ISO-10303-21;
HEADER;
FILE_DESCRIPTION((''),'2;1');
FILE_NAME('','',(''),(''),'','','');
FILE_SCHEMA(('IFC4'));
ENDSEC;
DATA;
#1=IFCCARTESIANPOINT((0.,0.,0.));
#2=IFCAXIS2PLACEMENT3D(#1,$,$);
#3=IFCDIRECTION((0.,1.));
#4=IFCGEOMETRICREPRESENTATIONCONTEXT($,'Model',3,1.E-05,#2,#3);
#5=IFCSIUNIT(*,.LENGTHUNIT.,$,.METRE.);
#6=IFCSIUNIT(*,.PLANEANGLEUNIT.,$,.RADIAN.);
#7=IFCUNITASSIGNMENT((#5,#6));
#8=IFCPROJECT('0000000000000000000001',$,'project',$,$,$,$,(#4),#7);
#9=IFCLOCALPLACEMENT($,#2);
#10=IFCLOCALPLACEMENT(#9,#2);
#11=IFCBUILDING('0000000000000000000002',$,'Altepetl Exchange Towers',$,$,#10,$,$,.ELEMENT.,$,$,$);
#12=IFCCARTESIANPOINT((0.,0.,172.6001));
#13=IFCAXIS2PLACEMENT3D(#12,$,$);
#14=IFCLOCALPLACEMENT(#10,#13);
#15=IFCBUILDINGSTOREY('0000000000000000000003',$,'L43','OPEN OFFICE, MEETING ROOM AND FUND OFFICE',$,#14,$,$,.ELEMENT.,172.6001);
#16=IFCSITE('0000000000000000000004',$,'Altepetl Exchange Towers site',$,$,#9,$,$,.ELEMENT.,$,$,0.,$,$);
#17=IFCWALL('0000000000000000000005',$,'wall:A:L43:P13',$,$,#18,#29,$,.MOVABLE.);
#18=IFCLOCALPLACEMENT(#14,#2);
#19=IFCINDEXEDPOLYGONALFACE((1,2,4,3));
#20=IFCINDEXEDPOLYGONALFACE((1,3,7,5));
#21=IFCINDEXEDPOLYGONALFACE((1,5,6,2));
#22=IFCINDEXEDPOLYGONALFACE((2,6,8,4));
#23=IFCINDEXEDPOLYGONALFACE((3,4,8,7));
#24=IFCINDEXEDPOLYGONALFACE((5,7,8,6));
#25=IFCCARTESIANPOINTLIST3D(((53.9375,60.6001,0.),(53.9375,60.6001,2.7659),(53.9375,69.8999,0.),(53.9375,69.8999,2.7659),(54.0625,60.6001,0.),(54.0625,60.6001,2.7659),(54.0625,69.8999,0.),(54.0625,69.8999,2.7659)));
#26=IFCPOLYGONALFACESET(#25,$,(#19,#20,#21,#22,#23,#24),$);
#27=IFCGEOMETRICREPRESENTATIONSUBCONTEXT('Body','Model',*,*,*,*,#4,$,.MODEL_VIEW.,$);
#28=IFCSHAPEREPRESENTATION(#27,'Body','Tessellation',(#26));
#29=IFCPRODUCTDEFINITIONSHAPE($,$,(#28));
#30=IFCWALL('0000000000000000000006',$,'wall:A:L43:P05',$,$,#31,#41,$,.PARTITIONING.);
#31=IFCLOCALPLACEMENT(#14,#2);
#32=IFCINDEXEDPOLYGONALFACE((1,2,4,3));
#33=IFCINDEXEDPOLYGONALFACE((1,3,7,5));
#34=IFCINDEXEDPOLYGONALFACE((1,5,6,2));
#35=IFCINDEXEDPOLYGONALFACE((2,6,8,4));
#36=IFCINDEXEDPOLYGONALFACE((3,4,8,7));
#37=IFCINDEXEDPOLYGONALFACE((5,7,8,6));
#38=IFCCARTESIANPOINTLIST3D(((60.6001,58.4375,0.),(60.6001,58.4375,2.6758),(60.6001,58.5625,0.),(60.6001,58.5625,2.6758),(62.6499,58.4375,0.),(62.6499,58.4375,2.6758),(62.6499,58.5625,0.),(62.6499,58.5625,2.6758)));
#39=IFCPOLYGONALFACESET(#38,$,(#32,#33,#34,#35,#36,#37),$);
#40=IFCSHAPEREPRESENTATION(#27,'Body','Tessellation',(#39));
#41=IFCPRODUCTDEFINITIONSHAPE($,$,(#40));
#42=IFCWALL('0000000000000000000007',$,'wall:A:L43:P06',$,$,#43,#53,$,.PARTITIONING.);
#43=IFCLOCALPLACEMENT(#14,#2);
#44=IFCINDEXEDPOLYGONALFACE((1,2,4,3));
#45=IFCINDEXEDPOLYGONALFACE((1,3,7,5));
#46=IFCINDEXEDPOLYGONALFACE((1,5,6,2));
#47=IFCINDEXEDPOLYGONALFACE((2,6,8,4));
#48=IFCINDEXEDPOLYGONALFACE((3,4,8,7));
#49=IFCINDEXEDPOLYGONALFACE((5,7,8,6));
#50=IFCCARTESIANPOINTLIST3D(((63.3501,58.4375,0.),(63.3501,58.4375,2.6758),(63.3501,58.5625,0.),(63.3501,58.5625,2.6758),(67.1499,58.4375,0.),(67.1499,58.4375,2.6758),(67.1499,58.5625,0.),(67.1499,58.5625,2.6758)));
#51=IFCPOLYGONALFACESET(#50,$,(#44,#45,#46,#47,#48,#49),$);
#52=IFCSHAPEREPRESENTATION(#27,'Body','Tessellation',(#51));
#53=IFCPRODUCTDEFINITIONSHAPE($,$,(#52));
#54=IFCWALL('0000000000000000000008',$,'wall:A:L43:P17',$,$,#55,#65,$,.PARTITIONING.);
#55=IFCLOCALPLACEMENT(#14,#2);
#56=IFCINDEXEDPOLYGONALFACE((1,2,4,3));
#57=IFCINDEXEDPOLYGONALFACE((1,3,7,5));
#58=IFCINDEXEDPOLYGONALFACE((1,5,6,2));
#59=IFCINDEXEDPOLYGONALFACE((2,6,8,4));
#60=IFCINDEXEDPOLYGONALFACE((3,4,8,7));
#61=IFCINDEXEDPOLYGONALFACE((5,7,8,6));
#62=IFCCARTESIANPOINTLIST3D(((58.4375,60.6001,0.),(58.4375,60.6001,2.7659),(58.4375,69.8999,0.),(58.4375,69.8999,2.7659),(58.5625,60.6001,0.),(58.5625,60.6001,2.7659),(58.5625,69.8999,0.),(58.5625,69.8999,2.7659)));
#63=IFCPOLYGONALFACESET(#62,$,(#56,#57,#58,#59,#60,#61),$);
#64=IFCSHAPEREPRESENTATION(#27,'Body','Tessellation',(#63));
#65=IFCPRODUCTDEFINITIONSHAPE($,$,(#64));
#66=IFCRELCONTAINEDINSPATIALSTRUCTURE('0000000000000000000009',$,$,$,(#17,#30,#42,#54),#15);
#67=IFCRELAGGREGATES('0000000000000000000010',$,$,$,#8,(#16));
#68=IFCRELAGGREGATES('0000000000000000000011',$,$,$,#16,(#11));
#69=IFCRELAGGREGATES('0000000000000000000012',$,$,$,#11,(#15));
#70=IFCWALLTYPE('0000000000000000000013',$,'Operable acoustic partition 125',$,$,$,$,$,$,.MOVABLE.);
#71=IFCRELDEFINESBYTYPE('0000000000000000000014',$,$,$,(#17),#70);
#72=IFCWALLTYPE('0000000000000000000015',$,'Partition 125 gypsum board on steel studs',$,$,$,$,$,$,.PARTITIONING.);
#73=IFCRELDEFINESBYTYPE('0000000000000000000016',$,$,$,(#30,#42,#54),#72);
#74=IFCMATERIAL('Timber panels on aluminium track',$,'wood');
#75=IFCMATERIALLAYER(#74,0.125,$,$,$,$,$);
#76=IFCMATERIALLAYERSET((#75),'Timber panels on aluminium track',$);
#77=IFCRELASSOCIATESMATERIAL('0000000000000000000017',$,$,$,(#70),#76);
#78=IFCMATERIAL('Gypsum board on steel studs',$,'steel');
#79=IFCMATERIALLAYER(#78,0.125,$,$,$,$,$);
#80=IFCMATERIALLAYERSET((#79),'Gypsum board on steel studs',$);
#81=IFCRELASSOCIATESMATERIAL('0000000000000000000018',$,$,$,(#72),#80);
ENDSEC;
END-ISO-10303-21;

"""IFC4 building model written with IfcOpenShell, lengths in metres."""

from ifc_helpers import new_model, si_unit, direction, frame, frame_2d, origin, place, context, subcontext, project, spatial, rectangle, extrude, material, layer, layer_set, type_object, element, save


model = new_model("IFC4")

# Units and contexts
model_context = context("Model", 3, precision=1e-05, world=origin(), true_north=direction((0.0, 1.0)))
body_context = subcontext(model_context, "Body", "Model", "MODEL_VIEW")
ifc_project = project(units=[si_unit("LENGTHUNIT", "METRE"), si_unit("PLANEANGLEUNIT", "RADIAN")], contexts=[model_context])

# Site, building, storey
site_placement = place(None, origin())
site = spatial("IfcSite", under=ifc_project, at=site_placement, Name="Altepetl Exchange Towers site", CompositionType="ELEMENT", RefElevation=0.0)
building_placement = place(site_placement, origin())
building = spatial("IfcBuilding", under=site, at=building_placement, Name="Altepetl Exchange Towers", CompositionType="ELEMENT")
storey_placement = place(building_placement, frame((0.0, 0.0, 172.6001)))
storey = spatial("IfcBuildingStorey", under=building, at=storey_placement, Name="L43", Description="OPEN OFFICE, MEETING ROOM AND FUND OFFICE", CompositionType="ELEMENT", Elevation=172.6001)

# Walls
ifc_material_1 = material(Name="Timber panels on aluminium track", Category="wood")
ifc_layer_1 = layer(ifc_material_1, 0.125)
ifc_layer_set_1 = layer_set([ifc_layer_1], Name="Timber panels on aluminium track")
wall_type_1 = type_object("IfcWallType", Name="Operable acoustic partition 125", PredefinedType="MOVABLE", material=ifc_layer_set_1)
for number, where, z_axis, x_axis, name in (
    (1, (54.0, 60.6001, 0.0), (0.0, 0.0, 1.0), (0.0, 1.0, 0.0), "wall:A:L43:P13"),
):
    element("IfcWall", number, at=place(storey_placement, frame(where, z_axis=z_axis, x_axis=x_axis)), inside=storey, type_object=wall_type_1, Name=name, PredefinedType="MOVABLE", context=body_context, shape_type="SweptSolid", body=[
        extrude(rectangle(XDim=9.2998, YDim=0.125, at=frame_2d((4.6499, 0.0))), origin(), (0.0, 0.0, 1.0), 2.7659),
    ])
ifc_material_2 = material(Name="Gypsum board on steel studs", Category="steel")
ifc_layer_2 = layer(ifc_material_2, 0.125)
ifc_layer_set_2 = layer_set([ifc_layer_2], Name="Gypsum board on steel studs")
wall_type_2 = type_object("IfcWallType", Name="Partition 125 gypsum board on steel studs", PredefinedType="PARTITIONING", material=ifc_layer_set_2)
wall_1_placement = place(storey_placement, frame((60.6001, 58.5, 0.0)))
element("IfcWall", 2, at=wall_1_placement, inside=storey, type_object=wall_type_2, Name="wall:A:L43:P05", PredefinedType="PARTITIONING", context=body_context, shape_type="SweptSolid", body=[
    extrude(rectangle(XDim=2.0498, YDim=0.125, at=frame_2d((1.0249, 0.0))), origin(), (0.0, 0.0, 1.0), 2.6758),
])
wall_2_placement = place(storey_placement, frame((63.3501, 58.5, 0.0)))
element("IfcWall", 3, at=wall_2_placement, inside=storey, type_object=wall_type_2, Name="wall:A:L43:P06", PredefinedType="PARTITIONING", context=body_context, shape_type="SweptSolid", body=[
    extrude(rectangle(XDim=3.7998, YDim=0.125, at=frame_2d((1.8999, 0.0))), origin(), (0.0, 0.0, 1.0), 2.6758),
])
wall_3_placement = place(storey_placement, frame((58.5, 60.6001, 0.0), z_axis=(0.0, 0.0, 1.0), x_axis=(0.0, 1.0, 0.0)))
element("IfcWall", 4, at=wall_3_placement, inside=storey, type_object=wall_type_2, Name="wall:A:L43:P17", PredefinedType="PARTITIONING", context=body_context, shape_type="SweptSolid", body=[
    extrude(rectangle(XDim=9.2998, YDim=0.125, at=frame_2d((4.6499, 0.0))), origin(), (0.0, 0.0, 1.0), 2.7659),
])

save(model, "model.ifc")
